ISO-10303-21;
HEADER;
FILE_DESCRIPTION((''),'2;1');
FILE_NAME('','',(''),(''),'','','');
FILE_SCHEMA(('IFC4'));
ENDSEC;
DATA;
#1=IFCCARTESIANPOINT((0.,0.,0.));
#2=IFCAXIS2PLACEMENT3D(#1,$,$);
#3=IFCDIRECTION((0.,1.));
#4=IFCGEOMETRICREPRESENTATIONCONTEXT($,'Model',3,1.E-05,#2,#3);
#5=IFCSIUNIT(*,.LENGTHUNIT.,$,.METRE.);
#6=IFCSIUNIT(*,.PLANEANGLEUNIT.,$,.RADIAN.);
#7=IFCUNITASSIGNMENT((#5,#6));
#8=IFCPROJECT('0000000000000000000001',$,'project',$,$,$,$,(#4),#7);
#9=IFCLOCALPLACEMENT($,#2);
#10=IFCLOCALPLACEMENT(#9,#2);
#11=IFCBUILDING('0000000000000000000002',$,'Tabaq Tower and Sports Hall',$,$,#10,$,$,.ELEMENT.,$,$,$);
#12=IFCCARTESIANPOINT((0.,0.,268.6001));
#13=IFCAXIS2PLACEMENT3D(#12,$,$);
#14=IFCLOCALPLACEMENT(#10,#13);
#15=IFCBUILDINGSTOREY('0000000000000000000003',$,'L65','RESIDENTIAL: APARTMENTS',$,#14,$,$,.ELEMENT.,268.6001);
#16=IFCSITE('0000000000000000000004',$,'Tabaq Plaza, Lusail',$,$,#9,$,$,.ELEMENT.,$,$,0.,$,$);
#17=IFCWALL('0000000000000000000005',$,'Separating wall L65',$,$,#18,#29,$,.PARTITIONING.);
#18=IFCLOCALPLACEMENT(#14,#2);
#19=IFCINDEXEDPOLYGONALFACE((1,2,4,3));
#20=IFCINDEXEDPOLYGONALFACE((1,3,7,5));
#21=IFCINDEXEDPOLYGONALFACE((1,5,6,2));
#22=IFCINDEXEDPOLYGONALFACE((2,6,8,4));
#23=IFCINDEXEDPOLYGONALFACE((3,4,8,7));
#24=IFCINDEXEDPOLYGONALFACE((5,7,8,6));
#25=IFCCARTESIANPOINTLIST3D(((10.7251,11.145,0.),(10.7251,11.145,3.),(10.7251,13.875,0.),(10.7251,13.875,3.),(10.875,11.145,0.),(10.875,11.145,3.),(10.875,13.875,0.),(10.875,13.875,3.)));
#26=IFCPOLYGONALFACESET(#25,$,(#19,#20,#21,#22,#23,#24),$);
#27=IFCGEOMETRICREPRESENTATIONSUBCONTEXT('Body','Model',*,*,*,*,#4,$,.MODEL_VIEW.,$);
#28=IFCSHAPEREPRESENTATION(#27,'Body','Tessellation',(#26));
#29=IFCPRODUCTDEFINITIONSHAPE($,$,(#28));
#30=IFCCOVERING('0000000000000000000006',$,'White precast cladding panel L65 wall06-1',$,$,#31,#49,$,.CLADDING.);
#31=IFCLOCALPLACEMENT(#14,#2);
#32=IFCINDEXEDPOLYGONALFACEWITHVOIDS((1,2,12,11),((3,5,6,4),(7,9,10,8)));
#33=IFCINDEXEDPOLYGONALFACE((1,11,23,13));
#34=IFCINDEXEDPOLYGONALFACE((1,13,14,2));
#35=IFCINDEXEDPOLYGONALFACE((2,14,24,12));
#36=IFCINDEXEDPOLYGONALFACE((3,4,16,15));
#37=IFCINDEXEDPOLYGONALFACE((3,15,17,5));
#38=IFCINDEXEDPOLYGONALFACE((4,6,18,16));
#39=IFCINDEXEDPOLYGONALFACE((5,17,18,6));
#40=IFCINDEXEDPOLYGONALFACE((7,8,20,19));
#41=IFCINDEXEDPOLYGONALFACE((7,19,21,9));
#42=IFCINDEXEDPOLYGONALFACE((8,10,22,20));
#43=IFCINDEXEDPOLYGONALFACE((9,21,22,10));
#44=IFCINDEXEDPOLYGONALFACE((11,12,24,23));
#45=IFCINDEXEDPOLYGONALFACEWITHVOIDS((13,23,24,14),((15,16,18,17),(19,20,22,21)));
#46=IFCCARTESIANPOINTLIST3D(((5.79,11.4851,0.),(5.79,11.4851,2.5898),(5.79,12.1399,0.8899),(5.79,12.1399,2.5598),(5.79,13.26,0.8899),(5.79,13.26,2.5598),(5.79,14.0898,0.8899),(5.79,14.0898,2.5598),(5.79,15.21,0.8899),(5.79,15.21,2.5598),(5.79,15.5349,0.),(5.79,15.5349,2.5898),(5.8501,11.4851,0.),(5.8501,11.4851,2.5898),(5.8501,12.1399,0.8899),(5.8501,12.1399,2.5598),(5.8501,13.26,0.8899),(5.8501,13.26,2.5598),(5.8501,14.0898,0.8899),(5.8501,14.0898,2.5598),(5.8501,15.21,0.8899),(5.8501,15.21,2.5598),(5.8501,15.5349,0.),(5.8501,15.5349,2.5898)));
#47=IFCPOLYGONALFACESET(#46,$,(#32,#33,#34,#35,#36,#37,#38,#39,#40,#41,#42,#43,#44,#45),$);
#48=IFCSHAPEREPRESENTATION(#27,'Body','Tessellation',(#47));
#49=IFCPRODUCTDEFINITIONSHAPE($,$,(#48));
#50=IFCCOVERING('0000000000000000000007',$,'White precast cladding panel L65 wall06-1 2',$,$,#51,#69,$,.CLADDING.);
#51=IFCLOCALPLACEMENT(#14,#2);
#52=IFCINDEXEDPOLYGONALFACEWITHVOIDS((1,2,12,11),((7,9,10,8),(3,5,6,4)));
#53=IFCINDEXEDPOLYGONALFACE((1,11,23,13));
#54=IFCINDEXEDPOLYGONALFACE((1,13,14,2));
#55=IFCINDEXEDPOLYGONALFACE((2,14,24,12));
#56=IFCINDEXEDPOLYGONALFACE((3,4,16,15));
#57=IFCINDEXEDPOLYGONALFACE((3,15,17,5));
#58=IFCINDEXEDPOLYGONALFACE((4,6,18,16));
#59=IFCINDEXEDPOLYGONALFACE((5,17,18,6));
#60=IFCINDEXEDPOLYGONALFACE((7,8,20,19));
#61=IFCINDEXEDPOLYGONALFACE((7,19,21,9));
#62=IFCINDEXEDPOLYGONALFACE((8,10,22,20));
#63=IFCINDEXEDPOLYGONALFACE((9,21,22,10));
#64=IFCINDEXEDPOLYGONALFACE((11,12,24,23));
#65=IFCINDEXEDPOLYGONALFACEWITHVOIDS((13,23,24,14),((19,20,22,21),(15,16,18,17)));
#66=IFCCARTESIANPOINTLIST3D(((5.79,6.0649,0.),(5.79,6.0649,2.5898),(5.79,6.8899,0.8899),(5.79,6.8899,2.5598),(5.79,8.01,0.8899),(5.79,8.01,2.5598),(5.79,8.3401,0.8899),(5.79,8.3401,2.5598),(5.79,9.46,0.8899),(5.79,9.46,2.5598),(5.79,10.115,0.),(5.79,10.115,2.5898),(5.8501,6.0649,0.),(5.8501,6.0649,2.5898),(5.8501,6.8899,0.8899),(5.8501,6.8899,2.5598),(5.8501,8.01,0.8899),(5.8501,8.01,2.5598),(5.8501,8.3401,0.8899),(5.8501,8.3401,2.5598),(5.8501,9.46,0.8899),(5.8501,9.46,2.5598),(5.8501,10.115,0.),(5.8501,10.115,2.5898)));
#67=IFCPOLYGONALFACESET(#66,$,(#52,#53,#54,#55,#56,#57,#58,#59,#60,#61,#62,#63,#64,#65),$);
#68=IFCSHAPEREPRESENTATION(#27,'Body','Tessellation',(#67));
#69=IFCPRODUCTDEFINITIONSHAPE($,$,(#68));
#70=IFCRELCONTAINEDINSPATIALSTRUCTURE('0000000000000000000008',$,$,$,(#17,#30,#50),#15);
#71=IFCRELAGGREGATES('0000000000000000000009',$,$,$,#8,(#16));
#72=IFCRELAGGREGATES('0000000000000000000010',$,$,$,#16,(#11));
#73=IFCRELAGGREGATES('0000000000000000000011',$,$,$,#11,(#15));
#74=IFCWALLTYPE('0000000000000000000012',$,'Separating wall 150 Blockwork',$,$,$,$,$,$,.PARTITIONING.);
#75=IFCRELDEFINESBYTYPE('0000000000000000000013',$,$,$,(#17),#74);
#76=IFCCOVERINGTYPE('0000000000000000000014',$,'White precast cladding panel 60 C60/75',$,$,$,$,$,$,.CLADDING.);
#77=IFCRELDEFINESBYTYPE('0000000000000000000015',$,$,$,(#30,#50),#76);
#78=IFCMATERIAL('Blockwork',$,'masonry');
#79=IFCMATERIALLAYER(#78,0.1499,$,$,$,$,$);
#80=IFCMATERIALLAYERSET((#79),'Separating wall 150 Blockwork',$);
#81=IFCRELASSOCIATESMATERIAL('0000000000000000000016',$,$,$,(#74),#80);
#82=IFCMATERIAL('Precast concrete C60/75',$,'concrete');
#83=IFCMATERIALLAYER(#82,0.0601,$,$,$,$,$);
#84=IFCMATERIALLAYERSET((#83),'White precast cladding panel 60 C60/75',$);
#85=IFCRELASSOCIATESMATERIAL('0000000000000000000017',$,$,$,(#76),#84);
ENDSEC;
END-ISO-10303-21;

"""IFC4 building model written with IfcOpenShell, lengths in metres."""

from ifc_helpers import new_model, si_unit, direction, frame, frame_2d, origin, place, context, subcontext, project, spatial, polyline, rectangle, outline, extrude, material, layer, layer_set, type_object, element, save


model = new_model("IFC4")

# Units and contexts
model_context = context("Model", 3, precision=1e-05, world=origin(), true_north=direction((0.0, 1.0)))
body_context = subcontext(model_context, "Body", "Model", "MODEL_VIEW")
ifc_project = project(units=[si_unit("LENGTHUNIT", "METRE"), si_unit("PLANEANGLEUNIT", "RADIAN")], contexts=[model_context])

# Site, building, storey
site_placement = place(None, origin())
site = spatial("IfcSite", under=ifc_project, at=site_placement, Name="Tabaq Plaza, Lusail", CompositionType="ELEMENT", RefElevation=0.0)
building_placement = place(site_placement, origin())
building = spatial("IfcBuilding", under=site, at=building_placement, Name="Tabaq Tower and Sports Hall", CompositionType="ELEMENT")
storey_placement = place(building_placement, frame((0.0, 0.0, 268.6001)))
storey = spatial("IfcBuildingStorey", under=building, at=storey_placement, Name="L65", Description="RESIDENTIAL: APARTMENTS", CompositionType="ELEMENT", Elevation=268.6001)

# Wall
ifc_material_1 = material(Name="Blockwork", Category="masonry")
ifc_layer_1 = layer(ifc_material_1, 0.1499)
ifc_layer_set_1 = layer_set([ifc_layer_1], Name="Separating wall 150 Blockwork")
wall_type_1 = type_object("IfcWallType", Name="Separating wall 150 Blockwork", PredefinedType="PARTITIONING", material=ifc_layer_set_1)
wall_1_placement = place(storey_placement, frame((10.8, 11.145, 0.0), z_axis=(0.0, 0.0, 1.0), x_axis=(0.0, 1.0, 0.0)))
element("IfcWall", 1, at=wall_1_placement, inside=storey, type_object=wall_type_1, Name="Separating wall L65", PredefinedType="PARTITIONING", context=body_context, shape_type="SweptSolid", body=[
    extrude(rectangle(XDim=2.73, YDim=0.1499, at=frame_2d((1.365, 0.0))), origin(), (0.0, 0.0, 1.0), 3.0),
])

# Coverings
ifc_material_2 = material(Name="Precast concrete C60/75", Category="concrete")
ifc_layer_2 = layer(ifc_material_2, 0.0601)
ifc_layer_set_2 = layer_set([ifc_layer_2], Name="White precast cladding panel 60 C60/75")
covering_type = type_object("IfcCoveringType", Name="White precast cladding panel 60 C60/75", PredefinedType="CLADDING", material=ifc_layer_set_2)
covering_1_placement = place(storey_placement, frame((5.8201, 15.5349, 0.0), z_axis=(0.0, 0.0, 1.0), x_axis=(0.0, -1.0, 0.0)))
element("IfcCovering", 2, at=covering_1_placement, inside=storey, type_object=covering_type, Name="White precast cladding panel L65 wall06-1", PredefinedType="CLADDING", context=body_context, shape_type="SweptSolid", body=[
    extrude(outline(polyline([(0.0, 0.0), (4.0498, 0.0), (4.0498, 2.5898), (0.0, 2.5898), (0.0, 0.0)]), holes=[polyline([(0.325, 0.8899), (0.325, 2.5598), (1.4451, 2.5598), (1.4451, 0.8899), (0.325, 0.8899)]), polyline([(2.2749, 0.8899), (2.2749, 2.5598), (3.395, 2.5598), (3.395, 0.8899), (2.2749, 0.8899)])]), frame((0.0, 0.03, 0.0), z_axis=(0.0, -1.0, 0.0), x_axis=(1.0, 0.0, 0.0)), (0.0, 0.0, 1.0), 0.0601),
])
covering_2_placement = place(storey_placement, frame((5.8201, 10.115, 0.0), z_axis=(0.0, 0.0, 1.0), x_axis=(0.0, -1.0, 0.0)))
element("IfcCovering", 3, at=covering_2_placement, inside=storey, type_object=covering_type, Name="White precast cladding panel L65 wall06-1 2", PredefinedType="CLADDING", context=body_context, shape_type="SweptSolid", body=[
    extrude(outline(polyline([(0.0, 0.0), (4.05, 0.0), (4.05, 2.5898), (0.0, 2.5898), (0.0, 0.0)]), holes=[polyline([(0.655, 0.8899), (0.655, 2.5598), (1.7749, 2.5598), (1.7749, 0.8899), (0.655, 0.8899)]), polyline([(2.105, 0.8899), (2.105, 2.5598), (3.2251, 2.5598), (3.2251, 0.8899), (2.105, 0.8899)])]), frame((0.0, 0.03, 0.0), z_axis=(0.0, -1.0, 0.0), x_axis=(1.0, 0.0, 0.0)), (0.0, 0.0, 1.0), 0.0601),
])

save(model, "model.ifc")
